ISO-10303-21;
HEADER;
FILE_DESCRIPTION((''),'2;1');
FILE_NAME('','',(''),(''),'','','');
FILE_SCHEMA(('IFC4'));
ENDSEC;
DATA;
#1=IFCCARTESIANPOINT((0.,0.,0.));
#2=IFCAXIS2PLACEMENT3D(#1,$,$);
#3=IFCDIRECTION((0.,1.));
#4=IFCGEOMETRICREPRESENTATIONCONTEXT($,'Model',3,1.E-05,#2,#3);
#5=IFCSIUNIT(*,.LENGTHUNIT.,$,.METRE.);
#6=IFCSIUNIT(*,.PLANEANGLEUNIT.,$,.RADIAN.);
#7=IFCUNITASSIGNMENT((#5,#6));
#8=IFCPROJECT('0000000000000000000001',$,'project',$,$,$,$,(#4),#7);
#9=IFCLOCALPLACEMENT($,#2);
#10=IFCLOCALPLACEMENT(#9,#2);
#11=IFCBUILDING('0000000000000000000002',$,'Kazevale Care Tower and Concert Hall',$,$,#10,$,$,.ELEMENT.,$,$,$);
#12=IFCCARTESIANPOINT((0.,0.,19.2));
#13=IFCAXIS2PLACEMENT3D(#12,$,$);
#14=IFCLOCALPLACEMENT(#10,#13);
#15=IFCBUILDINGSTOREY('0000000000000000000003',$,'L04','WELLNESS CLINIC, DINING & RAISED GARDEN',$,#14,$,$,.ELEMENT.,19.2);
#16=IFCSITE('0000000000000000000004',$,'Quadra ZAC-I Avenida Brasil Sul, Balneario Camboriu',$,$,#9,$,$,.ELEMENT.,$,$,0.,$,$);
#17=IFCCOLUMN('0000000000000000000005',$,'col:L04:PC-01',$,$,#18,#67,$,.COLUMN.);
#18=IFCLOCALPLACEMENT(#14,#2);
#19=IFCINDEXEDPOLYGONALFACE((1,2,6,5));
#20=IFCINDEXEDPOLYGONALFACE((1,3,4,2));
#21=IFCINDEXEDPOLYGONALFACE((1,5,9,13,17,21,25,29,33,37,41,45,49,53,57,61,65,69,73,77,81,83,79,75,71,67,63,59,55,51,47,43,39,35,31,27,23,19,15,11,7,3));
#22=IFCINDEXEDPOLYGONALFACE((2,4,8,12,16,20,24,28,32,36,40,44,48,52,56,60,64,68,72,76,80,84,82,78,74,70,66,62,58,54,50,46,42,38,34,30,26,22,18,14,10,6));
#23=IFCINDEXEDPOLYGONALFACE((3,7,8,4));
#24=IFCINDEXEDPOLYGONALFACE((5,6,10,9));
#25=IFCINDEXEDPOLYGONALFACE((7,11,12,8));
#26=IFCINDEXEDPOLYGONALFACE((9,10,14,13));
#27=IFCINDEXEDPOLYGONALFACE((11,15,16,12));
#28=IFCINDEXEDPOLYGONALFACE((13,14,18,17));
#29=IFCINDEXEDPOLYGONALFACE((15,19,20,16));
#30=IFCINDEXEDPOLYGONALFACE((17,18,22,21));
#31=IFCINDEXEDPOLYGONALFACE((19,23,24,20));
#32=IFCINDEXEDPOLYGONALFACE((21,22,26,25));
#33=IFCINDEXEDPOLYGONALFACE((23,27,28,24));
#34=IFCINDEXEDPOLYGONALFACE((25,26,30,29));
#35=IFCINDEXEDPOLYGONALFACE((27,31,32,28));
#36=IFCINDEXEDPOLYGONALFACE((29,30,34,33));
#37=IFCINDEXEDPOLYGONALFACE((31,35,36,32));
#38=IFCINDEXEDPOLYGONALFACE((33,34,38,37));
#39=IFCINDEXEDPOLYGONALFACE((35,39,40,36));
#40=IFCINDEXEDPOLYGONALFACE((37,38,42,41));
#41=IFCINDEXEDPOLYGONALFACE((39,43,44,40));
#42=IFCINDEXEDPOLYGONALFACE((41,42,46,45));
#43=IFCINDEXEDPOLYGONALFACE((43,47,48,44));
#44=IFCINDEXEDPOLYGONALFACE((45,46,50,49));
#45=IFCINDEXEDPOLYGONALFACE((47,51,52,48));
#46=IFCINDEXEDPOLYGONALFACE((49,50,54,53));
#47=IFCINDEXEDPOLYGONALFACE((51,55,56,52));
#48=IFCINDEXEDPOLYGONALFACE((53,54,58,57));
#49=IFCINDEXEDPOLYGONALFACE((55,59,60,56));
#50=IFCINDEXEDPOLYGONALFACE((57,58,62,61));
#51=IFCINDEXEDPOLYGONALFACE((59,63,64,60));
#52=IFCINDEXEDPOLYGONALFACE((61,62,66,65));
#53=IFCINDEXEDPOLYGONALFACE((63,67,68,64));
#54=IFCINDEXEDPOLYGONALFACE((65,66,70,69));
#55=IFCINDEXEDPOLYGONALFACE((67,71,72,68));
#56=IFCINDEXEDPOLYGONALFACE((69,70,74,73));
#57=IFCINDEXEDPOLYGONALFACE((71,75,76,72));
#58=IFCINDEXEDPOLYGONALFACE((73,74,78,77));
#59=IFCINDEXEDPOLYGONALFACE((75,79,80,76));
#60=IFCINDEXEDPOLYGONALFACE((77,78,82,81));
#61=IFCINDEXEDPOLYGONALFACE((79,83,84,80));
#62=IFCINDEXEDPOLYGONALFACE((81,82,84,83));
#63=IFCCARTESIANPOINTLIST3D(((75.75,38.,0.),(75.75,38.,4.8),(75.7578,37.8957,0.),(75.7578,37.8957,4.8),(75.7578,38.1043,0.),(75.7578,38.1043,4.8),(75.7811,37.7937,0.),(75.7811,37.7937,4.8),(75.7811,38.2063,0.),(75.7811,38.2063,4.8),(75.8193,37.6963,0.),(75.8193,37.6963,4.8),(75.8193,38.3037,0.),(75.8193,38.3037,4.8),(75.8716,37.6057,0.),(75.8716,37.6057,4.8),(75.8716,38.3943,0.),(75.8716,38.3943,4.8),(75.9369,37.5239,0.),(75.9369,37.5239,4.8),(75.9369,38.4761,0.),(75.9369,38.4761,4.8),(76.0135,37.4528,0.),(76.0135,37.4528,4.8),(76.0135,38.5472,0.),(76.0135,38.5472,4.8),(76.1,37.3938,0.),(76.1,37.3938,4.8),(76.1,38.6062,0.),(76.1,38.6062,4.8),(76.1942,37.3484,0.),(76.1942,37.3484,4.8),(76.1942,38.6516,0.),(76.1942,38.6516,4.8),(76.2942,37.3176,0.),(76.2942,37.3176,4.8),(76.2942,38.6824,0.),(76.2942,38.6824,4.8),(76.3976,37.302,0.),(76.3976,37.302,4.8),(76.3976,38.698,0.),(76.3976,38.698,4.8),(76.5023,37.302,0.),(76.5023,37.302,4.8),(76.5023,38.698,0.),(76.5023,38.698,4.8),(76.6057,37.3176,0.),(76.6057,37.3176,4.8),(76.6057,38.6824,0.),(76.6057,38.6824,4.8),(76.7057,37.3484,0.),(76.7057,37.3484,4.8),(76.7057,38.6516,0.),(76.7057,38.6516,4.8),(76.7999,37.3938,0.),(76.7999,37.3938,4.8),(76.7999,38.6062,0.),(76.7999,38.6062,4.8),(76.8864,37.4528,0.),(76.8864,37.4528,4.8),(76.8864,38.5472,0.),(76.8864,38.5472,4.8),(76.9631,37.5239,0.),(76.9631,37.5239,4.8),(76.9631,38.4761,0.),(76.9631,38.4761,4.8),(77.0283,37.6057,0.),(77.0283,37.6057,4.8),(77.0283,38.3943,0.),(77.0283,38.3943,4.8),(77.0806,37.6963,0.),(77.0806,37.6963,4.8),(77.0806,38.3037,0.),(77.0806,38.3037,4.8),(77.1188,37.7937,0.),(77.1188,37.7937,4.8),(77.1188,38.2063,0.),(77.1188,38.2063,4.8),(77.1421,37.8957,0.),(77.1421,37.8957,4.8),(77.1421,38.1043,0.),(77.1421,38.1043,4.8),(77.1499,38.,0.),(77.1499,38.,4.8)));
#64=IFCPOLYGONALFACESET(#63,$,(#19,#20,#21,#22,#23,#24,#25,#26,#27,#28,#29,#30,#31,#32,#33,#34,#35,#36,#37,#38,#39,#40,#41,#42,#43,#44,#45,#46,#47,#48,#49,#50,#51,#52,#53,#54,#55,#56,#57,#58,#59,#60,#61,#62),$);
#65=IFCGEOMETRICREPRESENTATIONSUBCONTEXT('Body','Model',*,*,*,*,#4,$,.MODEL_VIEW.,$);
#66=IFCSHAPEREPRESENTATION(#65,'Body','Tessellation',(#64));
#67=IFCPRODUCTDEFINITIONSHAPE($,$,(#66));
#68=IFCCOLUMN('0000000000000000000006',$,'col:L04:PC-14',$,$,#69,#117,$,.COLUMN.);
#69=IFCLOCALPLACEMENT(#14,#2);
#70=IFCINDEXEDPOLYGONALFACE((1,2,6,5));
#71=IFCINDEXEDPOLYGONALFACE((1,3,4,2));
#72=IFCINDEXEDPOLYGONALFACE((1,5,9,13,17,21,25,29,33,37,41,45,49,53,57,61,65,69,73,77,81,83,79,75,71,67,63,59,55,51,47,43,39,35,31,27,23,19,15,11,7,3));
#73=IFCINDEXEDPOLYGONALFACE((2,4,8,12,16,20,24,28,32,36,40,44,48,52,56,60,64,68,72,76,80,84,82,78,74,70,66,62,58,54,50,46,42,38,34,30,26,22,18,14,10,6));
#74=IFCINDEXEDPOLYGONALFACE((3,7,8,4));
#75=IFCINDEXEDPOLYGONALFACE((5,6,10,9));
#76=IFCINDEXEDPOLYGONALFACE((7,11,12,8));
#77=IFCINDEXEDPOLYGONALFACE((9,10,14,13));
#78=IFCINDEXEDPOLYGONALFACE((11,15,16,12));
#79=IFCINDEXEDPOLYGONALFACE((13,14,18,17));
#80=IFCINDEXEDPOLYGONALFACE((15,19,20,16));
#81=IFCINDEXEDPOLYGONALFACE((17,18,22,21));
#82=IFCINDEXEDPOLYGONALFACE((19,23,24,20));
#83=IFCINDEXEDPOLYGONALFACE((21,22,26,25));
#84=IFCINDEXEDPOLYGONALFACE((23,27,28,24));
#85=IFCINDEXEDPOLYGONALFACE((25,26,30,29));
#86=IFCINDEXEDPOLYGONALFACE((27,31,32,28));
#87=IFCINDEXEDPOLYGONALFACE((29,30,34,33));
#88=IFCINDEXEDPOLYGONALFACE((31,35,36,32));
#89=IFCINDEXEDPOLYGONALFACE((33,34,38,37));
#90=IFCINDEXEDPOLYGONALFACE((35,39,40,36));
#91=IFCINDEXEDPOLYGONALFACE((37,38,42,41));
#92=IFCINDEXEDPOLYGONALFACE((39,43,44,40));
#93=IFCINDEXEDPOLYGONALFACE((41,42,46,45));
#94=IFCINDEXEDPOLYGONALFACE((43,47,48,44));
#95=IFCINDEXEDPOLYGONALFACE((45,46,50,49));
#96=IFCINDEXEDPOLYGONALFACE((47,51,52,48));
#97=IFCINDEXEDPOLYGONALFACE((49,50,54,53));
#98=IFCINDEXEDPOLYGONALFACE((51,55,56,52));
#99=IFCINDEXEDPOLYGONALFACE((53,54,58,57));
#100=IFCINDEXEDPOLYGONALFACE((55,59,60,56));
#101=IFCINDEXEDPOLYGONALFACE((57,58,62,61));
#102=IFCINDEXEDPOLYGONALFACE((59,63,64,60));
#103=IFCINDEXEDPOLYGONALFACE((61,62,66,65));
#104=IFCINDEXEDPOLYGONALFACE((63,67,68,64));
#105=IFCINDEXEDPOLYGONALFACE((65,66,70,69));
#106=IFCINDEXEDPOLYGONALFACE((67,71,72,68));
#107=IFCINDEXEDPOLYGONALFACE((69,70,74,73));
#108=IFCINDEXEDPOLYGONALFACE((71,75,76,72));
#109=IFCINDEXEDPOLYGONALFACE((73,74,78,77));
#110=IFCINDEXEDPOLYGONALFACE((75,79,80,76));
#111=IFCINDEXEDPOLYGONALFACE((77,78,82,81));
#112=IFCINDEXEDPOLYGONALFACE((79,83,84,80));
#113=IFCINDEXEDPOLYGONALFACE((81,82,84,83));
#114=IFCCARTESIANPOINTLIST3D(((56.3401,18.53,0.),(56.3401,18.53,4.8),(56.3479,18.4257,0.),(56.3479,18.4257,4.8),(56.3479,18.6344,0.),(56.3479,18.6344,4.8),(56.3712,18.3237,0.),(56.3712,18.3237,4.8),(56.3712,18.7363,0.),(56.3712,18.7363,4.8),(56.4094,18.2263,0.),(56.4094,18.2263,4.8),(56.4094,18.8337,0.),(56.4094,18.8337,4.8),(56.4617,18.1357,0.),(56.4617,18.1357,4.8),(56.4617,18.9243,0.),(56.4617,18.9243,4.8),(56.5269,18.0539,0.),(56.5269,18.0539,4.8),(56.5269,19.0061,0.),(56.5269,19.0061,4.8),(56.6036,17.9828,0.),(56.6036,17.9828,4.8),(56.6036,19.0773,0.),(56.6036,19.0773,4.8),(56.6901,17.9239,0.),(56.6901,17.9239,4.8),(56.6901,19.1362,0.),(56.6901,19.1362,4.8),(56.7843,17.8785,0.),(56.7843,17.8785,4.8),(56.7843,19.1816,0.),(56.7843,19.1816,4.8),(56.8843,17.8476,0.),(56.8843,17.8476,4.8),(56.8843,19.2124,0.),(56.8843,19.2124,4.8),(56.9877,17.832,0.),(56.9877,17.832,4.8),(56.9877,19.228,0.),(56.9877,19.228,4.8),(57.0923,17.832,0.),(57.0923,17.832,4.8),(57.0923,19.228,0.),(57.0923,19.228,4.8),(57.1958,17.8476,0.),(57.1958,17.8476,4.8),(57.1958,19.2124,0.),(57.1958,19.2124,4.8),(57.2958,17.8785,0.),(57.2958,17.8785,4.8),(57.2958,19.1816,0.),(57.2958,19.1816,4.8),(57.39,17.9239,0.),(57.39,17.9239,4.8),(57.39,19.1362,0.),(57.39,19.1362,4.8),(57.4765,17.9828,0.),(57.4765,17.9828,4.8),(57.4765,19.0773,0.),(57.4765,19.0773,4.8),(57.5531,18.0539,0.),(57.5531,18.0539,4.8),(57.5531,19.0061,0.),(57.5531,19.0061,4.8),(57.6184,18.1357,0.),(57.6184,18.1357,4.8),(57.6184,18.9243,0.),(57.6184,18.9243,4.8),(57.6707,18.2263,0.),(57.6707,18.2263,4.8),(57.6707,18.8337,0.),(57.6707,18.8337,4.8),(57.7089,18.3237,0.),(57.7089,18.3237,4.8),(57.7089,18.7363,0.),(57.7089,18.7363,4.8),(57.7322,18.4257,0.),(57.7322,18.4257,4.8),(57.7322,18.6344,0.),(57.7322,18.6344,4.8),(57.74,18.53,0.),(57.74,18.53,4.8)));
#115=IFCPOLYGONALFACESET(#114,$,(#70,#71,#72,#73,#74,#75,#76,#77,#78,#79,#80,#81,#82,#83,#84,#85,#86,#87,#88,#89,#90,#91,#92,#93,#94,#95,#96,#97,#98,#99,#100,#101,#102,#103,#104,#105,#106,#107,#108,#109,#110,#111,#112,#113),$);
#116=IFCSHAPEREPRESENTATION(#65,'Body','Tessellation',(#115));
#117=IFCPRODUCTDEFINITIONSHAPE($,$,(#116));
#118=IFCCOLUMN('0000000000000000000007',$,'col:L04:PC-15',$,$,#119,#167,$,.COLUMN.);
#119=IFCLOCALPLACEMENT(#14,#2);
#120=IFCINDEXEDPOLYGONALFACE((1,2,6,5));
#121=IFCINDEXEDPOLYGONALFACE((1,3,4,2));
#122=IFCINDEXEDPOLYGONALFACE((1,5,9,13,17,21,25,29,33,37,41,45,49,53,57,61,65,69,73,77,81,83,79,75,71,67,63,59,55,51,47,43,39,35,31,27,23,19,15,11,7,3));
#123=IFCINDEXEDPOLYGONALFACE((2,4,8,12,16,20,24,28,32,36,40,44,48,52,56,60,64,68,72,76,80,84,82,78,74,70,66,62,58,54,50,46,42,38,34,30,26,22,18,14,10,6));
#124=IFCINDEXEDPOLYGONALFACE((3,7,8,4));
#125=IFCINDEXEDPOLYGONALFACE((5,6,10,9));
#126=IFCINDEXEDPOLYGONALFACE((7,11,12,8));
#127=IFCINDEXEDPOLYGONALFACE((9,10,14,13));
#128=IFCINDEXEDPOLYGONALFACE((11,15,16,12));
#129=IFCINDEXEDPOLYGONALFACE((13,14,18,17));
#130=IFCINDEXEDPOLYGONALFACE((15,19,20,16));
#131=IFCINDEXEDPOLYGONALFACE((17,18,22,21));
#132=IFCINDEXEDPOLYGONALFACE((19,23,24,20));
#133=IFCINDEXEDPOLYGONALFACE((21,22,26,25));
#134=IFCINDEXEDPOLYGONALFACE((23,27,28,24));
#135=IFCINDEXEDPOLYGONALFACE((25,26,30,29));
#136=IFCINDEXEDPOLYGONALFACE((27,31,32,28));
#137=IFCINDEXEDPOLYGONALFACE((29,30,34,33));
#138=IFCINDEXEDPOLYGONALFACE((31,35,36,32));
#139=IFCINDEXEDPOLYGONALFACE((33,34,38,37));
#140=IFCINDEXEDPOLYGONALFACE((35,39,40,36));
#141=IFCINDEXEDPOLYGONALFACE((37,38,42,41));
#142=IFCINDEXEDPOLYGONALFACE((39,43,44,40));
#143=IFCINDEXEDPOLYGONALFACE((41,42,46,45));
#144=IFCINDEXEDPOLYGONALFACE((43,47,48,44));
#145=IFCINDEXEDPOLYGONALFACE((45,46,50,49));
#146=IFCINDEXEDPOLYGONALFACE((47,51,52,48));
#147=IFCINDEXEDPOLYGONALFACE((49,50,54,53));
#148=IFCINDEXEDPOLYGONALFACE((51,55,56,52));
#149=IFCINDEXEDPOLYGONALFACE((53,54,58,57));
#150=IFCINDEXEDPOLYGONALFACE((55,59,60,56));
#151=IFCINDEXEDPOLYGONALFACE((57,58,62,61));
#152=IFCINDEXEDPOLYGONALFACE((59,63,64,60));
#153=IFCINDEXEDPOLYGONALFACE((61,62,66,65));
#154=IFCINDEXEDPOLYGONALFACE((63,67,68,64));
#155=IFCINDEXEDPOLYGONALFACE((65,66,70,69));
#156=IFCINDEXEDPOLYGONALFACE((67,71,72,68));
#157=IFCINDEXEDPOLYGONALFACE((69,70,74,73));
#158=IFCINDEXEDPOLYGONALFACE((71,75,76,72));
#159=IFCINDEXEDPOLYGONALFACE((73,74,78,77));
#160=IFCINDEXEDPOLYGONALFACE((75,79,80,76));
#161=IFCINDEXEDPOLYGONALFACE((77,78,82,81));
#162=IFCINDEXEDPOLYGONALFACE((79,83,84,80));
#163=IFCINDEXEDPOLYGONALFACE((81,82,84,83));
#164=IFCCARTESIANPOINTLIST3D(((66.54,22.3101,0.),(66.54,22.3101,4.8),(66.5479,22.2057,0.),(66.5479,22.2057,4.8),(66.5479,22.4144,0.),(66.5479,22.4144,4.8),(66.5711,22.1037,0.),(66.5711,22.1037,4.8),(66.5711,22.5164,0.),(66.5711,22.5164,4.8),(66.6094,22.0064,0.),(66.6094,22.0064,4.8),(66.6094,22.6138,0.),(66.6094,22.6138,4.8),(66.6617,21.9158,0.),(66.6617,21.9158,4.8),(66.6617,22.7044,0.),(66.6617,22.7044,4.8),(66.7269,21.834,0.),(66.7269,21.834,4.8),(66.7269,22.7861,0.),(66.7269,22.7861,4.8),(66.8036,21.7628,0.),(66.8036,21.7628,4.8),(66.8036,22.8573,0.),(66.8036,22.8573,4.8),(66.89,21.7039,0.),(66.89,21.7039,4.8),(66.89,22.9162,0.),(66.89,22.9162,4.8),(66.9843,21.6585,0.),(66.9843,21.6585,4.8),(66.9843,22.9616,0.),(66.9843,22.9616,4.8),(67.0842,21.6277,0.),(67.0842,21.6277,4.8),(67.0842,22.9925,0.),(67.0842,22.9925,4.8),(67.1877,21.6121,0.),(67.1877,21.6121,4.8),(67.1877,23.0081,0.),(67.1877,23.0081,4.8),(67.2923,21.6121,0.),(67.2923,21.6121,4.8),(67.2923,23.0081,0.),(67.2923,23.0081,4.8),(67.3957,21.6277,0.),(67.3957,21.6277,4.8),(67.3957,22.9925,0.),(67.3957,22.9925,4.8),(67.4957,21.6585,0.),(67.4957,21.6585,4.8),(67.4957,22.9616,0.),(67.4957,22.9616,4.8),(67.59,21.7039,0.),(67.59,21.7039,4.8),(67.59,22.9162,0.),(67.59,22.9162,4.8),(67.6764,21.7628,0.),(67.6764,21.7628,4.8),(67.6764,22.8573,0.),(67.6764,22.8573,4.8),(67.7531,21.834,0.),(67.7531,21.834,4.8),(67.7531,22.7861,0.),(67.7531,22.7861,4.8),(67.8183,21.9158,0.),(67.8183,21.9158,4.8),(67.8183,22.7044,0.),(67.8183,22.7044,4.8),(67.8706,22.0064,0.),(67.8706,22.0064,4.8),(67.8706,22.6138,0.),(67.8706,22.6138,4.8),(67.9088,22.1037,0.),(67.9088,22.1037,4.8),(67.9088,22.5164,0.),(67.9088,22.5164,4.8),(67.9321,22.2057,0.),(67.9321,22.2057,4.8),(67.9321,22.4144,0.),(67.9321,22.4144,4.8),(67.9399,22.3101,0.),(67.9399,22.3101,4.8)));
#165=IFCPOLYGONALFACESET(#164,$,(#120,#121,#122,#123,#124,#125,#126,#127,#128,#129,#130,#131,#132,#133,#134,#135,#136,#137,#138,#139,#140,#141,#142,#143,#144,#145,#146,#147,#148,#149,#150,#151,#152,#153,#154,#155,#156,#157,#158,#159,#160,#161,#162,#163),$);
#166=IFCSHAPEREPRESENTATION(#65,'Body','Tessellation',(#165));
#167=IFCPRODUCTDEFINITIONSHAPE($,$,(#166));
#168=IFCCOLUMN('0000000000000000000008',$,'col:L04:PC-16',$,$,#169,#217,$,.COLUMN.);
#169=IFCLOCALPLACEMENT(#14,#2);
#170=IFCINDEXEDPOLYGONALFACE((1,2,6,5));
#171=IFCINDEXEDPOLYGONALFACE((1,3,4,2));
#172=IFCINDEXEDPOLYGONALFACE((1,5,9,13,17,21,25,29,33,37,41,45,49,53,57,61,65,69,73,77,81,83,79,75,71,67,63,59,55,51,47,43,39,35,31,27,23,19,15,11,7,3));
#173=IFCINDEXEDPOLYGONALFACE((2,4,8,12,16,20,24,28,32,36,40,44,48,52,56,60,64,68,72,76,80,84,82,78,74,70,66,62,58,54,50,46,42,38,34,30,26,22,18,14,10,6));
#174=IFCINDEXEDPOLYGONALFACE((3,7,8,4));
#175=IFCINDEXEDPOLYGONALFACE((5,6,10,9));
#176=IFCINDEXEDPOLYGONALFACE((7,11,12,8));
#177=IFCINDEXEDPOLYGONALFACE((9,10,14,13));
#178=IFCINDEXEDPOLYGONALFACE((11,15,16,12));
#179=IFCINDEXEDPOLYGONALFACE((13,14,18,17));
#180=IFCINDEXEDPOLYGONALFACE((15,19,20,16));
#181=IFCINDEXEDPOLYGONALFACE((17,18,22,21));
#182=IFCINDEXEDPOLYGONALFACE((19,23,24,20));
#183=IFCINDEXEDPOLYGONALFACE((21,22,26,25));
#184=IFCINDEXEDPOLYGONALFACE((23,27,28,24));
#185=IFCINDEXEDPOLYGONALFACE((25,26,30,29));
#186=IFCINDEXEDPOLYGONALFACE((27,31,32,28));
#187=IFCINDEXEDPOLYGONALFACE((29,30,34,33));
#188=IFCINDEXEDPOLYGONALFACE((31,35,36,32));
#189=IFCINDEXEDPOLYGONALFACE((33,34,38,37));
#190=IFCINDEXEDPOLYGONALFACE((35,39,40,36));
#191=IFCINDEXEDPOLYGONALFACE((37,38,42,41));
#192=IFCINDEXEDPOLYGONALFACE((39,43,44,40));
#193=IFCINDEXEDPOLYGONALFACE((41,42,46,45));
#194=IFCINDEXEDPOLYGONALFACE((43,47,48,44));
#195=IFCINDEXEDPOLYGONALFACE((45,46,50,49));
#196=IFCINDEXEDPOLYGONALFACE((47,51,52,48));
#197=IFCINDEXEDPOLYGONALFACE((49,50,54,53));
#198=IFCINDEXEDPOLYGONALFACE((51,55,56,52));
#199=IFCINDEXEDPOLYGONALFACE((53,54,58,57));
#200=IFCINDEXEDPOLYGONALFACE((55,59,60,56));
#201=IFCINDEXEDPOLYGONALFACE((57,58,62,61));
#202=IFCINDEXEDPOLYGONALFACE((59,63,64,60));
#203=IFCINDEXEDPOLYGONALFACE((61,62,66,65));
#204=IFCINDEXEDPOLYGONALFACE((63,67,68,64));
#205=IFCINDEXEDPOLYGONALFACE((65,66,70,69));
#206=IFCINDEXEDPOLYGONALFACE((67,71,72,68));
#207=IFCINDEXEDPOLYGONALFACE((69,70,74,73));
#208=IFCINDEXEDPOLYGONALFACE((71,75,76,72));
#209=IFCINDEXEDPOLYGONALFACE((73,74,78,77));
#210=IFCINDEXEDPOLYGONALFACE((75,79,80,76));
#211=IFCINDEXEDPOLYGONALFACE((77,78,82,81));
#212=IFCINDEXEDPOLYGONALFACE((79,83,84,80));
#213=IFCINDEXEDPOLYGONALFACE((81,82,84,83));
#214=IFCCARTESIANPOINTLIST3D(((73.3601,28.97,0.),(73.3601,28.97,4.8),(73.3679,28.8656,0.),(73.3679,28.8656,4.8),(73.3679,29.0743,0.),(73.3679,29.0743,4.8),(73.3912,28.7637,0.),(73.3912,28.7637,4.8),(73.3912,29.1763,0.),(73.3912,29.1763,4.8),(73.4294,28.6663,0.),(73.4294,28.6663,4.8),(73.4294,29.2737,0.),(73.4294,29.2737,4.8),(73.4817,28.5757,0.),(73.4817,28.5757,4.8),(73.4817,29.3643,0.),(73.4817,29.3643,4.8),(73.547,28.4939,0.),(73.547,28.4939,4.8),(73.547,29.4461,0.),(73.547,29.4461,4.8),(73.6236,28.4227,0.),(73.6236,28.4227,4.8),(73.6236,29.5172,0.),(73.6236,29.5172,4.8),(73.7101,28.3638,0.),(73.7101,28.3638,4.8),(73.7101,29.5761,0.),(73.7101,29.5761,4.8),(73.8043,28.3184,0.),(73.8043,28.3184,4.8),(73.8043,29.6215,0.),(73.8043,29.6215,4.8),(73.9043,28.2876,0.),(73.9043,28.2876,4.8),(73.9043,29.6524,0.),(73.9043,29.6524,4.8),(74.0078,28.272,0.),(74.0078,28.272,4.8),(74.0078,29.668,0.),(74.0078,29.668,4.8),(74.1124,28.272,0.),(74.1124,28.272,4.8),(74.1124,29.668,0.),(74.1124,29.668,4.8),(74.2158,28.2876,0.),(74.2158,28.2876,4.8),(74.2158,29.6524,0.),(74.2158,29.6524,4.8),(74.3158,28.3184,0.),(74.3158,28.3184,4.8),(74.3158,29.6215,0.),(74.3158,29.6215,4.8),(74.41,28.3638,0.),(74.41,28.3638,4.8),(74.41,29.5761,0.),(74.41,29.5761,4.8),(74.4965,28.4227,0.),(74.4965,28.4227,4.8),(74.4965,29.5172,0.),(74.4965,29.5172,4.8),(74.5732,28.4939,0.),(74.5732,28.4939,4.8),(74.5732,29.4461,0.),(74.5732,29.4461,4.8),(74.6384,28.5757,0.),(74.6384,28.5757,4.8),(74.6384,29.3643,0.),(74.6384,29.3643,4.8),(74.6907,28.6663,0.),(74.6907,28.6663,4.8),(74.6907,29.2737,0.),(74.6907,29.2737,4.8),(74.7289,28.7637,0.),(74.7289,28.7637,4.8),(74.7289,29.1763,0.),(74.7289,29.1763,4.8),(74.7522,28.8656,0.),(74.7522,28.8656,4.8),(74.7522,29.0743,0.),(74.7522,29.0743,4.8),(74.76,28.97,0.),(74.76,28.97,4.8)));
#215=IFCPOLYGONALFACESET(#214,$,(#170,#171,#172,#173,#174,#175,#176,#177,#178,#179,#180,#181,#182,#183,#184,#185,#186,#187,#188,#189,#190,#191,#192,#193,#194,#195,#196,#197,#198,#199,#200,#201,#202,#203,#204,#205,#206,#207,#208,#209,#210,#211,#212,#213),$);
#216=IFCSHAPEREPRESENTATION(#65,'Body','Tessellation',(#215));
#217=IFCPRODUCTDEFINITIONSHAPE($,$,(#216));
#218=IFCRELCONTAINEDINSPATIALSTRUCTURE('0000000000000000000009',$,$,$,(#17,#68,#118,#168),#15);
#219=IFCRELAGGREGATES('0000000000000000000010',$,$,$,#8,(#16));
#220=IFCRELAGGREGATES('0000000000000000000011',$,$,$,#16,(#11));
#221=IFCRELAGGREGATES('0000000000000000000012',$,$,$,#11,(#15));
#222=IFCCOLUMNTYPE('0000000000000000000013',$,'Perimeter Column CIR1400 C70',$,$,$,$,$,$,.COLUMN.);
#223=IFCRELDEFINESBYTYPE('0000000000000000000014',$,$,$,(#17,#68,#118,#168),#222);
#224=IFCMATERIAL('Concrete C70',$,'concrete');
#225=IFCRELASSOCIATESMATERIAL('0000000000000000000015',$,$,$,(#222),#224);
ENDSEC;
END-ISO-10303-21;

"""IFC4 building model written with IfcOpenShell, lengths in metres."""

from ifc_helpers import new_model, si_unit, direction, frame, origin, origin_2d, place, context, subcontext, project, spatial, circle, extrude, material, material_profile, profile_set, type_object, element, save


model = new_model("IFC4")

# Units and contexts
model_context = context("Model", 3, precision=1e-05, world=origin(), true_north=direction((0.0, 1.0)))
body_context = subcontext(model_context, "Body", "Model", "MODEL_VIEW")
ifc_project = project(units=[si_unit("LENGTHUNIT", "METRE"), si_unit("PLANEANGLEUNIT", "RADIAN")], contexts=[model_context])

# Site, building, storey
site_placement = place(None, origin())
site = spatial("IfcSite", under=ifc_project, at=site_placement, Name="Quadra ZAC-I Avenida Brasil Sul, Balneario Camboriu", CompositionType="ELEMENT", RefElevation=0.0)
building_placement = place(site_placement, origin())
building = spatial("IfcBuilding", under=site, at=building_placement, Name="Kazevale Care Tower and Concert Hall", CompositionType="ELEMENT")
storey_placement = place(building_placement, frame((0.0, 0.0, 19.2)))
storey = spatial("IfcBuildingStorey", under=building, at=storey_placement, Name="L04", Description="WELLNESS CLINIC, DINING & RAISED GARDEN", CompositionType="ELEMENT", Elevation=19.2)

# Columns
ifc_material_1 = material(Name="Concrete C70", Category="concrete")
ifc_material_profile_1 = material_profile(ifc_material_1, circle(Radius=0.7, at=origin_2d()), Name="RC-CIR1400")
ifc_profile_set_1 = profile_set([ifc_material_profile_1], Name="Concrete C70")
column_type = type_object("IfcColumnType", Name="Perimeter Column CIR1400 C70", PredefinedType="COLUMN", material=ifc_profile_set_1)
for number, where, z_axis, x_axis, name in (
    (1, (76.45, 38.0, 0.0), (0.0, 0.0, 1.0), (1.0, 0.0, 0.0), "col:L04:PC-01"),
    (2, (57.04, 18.53, 0.0), (0.0, 0.0, 1.0), (1.0, 0.0, 0.0), "col:L04:PC-14"),
    (3, (67.24, 22.3101, 0.0), (0.0, 0.0, 1.0), (1.0, 0.0, 0.0), "col:L04:PC-15"),
    (4, (74.0601, 28.97, 0.0), (0.0, 0.0, 1.0), (1.0, 0.0, 0.0), "col:L04:PC-16"),
):
    element("IfcColumn", number, at=place(storey_placement, frame(where, z_axis=z_axis, x_axis=x_axis)), inside=storey, type_object=column_type, Name=name, PredefinedType="COLUMN", context=body_context, shape_type="SweptSolid", body=[
        extrude(circle(Radius=0.7, at=origin_2d()), origin(), (0.0, 0.0, 1.0), 4.8),
    ])

save(model, "model.ifc")
